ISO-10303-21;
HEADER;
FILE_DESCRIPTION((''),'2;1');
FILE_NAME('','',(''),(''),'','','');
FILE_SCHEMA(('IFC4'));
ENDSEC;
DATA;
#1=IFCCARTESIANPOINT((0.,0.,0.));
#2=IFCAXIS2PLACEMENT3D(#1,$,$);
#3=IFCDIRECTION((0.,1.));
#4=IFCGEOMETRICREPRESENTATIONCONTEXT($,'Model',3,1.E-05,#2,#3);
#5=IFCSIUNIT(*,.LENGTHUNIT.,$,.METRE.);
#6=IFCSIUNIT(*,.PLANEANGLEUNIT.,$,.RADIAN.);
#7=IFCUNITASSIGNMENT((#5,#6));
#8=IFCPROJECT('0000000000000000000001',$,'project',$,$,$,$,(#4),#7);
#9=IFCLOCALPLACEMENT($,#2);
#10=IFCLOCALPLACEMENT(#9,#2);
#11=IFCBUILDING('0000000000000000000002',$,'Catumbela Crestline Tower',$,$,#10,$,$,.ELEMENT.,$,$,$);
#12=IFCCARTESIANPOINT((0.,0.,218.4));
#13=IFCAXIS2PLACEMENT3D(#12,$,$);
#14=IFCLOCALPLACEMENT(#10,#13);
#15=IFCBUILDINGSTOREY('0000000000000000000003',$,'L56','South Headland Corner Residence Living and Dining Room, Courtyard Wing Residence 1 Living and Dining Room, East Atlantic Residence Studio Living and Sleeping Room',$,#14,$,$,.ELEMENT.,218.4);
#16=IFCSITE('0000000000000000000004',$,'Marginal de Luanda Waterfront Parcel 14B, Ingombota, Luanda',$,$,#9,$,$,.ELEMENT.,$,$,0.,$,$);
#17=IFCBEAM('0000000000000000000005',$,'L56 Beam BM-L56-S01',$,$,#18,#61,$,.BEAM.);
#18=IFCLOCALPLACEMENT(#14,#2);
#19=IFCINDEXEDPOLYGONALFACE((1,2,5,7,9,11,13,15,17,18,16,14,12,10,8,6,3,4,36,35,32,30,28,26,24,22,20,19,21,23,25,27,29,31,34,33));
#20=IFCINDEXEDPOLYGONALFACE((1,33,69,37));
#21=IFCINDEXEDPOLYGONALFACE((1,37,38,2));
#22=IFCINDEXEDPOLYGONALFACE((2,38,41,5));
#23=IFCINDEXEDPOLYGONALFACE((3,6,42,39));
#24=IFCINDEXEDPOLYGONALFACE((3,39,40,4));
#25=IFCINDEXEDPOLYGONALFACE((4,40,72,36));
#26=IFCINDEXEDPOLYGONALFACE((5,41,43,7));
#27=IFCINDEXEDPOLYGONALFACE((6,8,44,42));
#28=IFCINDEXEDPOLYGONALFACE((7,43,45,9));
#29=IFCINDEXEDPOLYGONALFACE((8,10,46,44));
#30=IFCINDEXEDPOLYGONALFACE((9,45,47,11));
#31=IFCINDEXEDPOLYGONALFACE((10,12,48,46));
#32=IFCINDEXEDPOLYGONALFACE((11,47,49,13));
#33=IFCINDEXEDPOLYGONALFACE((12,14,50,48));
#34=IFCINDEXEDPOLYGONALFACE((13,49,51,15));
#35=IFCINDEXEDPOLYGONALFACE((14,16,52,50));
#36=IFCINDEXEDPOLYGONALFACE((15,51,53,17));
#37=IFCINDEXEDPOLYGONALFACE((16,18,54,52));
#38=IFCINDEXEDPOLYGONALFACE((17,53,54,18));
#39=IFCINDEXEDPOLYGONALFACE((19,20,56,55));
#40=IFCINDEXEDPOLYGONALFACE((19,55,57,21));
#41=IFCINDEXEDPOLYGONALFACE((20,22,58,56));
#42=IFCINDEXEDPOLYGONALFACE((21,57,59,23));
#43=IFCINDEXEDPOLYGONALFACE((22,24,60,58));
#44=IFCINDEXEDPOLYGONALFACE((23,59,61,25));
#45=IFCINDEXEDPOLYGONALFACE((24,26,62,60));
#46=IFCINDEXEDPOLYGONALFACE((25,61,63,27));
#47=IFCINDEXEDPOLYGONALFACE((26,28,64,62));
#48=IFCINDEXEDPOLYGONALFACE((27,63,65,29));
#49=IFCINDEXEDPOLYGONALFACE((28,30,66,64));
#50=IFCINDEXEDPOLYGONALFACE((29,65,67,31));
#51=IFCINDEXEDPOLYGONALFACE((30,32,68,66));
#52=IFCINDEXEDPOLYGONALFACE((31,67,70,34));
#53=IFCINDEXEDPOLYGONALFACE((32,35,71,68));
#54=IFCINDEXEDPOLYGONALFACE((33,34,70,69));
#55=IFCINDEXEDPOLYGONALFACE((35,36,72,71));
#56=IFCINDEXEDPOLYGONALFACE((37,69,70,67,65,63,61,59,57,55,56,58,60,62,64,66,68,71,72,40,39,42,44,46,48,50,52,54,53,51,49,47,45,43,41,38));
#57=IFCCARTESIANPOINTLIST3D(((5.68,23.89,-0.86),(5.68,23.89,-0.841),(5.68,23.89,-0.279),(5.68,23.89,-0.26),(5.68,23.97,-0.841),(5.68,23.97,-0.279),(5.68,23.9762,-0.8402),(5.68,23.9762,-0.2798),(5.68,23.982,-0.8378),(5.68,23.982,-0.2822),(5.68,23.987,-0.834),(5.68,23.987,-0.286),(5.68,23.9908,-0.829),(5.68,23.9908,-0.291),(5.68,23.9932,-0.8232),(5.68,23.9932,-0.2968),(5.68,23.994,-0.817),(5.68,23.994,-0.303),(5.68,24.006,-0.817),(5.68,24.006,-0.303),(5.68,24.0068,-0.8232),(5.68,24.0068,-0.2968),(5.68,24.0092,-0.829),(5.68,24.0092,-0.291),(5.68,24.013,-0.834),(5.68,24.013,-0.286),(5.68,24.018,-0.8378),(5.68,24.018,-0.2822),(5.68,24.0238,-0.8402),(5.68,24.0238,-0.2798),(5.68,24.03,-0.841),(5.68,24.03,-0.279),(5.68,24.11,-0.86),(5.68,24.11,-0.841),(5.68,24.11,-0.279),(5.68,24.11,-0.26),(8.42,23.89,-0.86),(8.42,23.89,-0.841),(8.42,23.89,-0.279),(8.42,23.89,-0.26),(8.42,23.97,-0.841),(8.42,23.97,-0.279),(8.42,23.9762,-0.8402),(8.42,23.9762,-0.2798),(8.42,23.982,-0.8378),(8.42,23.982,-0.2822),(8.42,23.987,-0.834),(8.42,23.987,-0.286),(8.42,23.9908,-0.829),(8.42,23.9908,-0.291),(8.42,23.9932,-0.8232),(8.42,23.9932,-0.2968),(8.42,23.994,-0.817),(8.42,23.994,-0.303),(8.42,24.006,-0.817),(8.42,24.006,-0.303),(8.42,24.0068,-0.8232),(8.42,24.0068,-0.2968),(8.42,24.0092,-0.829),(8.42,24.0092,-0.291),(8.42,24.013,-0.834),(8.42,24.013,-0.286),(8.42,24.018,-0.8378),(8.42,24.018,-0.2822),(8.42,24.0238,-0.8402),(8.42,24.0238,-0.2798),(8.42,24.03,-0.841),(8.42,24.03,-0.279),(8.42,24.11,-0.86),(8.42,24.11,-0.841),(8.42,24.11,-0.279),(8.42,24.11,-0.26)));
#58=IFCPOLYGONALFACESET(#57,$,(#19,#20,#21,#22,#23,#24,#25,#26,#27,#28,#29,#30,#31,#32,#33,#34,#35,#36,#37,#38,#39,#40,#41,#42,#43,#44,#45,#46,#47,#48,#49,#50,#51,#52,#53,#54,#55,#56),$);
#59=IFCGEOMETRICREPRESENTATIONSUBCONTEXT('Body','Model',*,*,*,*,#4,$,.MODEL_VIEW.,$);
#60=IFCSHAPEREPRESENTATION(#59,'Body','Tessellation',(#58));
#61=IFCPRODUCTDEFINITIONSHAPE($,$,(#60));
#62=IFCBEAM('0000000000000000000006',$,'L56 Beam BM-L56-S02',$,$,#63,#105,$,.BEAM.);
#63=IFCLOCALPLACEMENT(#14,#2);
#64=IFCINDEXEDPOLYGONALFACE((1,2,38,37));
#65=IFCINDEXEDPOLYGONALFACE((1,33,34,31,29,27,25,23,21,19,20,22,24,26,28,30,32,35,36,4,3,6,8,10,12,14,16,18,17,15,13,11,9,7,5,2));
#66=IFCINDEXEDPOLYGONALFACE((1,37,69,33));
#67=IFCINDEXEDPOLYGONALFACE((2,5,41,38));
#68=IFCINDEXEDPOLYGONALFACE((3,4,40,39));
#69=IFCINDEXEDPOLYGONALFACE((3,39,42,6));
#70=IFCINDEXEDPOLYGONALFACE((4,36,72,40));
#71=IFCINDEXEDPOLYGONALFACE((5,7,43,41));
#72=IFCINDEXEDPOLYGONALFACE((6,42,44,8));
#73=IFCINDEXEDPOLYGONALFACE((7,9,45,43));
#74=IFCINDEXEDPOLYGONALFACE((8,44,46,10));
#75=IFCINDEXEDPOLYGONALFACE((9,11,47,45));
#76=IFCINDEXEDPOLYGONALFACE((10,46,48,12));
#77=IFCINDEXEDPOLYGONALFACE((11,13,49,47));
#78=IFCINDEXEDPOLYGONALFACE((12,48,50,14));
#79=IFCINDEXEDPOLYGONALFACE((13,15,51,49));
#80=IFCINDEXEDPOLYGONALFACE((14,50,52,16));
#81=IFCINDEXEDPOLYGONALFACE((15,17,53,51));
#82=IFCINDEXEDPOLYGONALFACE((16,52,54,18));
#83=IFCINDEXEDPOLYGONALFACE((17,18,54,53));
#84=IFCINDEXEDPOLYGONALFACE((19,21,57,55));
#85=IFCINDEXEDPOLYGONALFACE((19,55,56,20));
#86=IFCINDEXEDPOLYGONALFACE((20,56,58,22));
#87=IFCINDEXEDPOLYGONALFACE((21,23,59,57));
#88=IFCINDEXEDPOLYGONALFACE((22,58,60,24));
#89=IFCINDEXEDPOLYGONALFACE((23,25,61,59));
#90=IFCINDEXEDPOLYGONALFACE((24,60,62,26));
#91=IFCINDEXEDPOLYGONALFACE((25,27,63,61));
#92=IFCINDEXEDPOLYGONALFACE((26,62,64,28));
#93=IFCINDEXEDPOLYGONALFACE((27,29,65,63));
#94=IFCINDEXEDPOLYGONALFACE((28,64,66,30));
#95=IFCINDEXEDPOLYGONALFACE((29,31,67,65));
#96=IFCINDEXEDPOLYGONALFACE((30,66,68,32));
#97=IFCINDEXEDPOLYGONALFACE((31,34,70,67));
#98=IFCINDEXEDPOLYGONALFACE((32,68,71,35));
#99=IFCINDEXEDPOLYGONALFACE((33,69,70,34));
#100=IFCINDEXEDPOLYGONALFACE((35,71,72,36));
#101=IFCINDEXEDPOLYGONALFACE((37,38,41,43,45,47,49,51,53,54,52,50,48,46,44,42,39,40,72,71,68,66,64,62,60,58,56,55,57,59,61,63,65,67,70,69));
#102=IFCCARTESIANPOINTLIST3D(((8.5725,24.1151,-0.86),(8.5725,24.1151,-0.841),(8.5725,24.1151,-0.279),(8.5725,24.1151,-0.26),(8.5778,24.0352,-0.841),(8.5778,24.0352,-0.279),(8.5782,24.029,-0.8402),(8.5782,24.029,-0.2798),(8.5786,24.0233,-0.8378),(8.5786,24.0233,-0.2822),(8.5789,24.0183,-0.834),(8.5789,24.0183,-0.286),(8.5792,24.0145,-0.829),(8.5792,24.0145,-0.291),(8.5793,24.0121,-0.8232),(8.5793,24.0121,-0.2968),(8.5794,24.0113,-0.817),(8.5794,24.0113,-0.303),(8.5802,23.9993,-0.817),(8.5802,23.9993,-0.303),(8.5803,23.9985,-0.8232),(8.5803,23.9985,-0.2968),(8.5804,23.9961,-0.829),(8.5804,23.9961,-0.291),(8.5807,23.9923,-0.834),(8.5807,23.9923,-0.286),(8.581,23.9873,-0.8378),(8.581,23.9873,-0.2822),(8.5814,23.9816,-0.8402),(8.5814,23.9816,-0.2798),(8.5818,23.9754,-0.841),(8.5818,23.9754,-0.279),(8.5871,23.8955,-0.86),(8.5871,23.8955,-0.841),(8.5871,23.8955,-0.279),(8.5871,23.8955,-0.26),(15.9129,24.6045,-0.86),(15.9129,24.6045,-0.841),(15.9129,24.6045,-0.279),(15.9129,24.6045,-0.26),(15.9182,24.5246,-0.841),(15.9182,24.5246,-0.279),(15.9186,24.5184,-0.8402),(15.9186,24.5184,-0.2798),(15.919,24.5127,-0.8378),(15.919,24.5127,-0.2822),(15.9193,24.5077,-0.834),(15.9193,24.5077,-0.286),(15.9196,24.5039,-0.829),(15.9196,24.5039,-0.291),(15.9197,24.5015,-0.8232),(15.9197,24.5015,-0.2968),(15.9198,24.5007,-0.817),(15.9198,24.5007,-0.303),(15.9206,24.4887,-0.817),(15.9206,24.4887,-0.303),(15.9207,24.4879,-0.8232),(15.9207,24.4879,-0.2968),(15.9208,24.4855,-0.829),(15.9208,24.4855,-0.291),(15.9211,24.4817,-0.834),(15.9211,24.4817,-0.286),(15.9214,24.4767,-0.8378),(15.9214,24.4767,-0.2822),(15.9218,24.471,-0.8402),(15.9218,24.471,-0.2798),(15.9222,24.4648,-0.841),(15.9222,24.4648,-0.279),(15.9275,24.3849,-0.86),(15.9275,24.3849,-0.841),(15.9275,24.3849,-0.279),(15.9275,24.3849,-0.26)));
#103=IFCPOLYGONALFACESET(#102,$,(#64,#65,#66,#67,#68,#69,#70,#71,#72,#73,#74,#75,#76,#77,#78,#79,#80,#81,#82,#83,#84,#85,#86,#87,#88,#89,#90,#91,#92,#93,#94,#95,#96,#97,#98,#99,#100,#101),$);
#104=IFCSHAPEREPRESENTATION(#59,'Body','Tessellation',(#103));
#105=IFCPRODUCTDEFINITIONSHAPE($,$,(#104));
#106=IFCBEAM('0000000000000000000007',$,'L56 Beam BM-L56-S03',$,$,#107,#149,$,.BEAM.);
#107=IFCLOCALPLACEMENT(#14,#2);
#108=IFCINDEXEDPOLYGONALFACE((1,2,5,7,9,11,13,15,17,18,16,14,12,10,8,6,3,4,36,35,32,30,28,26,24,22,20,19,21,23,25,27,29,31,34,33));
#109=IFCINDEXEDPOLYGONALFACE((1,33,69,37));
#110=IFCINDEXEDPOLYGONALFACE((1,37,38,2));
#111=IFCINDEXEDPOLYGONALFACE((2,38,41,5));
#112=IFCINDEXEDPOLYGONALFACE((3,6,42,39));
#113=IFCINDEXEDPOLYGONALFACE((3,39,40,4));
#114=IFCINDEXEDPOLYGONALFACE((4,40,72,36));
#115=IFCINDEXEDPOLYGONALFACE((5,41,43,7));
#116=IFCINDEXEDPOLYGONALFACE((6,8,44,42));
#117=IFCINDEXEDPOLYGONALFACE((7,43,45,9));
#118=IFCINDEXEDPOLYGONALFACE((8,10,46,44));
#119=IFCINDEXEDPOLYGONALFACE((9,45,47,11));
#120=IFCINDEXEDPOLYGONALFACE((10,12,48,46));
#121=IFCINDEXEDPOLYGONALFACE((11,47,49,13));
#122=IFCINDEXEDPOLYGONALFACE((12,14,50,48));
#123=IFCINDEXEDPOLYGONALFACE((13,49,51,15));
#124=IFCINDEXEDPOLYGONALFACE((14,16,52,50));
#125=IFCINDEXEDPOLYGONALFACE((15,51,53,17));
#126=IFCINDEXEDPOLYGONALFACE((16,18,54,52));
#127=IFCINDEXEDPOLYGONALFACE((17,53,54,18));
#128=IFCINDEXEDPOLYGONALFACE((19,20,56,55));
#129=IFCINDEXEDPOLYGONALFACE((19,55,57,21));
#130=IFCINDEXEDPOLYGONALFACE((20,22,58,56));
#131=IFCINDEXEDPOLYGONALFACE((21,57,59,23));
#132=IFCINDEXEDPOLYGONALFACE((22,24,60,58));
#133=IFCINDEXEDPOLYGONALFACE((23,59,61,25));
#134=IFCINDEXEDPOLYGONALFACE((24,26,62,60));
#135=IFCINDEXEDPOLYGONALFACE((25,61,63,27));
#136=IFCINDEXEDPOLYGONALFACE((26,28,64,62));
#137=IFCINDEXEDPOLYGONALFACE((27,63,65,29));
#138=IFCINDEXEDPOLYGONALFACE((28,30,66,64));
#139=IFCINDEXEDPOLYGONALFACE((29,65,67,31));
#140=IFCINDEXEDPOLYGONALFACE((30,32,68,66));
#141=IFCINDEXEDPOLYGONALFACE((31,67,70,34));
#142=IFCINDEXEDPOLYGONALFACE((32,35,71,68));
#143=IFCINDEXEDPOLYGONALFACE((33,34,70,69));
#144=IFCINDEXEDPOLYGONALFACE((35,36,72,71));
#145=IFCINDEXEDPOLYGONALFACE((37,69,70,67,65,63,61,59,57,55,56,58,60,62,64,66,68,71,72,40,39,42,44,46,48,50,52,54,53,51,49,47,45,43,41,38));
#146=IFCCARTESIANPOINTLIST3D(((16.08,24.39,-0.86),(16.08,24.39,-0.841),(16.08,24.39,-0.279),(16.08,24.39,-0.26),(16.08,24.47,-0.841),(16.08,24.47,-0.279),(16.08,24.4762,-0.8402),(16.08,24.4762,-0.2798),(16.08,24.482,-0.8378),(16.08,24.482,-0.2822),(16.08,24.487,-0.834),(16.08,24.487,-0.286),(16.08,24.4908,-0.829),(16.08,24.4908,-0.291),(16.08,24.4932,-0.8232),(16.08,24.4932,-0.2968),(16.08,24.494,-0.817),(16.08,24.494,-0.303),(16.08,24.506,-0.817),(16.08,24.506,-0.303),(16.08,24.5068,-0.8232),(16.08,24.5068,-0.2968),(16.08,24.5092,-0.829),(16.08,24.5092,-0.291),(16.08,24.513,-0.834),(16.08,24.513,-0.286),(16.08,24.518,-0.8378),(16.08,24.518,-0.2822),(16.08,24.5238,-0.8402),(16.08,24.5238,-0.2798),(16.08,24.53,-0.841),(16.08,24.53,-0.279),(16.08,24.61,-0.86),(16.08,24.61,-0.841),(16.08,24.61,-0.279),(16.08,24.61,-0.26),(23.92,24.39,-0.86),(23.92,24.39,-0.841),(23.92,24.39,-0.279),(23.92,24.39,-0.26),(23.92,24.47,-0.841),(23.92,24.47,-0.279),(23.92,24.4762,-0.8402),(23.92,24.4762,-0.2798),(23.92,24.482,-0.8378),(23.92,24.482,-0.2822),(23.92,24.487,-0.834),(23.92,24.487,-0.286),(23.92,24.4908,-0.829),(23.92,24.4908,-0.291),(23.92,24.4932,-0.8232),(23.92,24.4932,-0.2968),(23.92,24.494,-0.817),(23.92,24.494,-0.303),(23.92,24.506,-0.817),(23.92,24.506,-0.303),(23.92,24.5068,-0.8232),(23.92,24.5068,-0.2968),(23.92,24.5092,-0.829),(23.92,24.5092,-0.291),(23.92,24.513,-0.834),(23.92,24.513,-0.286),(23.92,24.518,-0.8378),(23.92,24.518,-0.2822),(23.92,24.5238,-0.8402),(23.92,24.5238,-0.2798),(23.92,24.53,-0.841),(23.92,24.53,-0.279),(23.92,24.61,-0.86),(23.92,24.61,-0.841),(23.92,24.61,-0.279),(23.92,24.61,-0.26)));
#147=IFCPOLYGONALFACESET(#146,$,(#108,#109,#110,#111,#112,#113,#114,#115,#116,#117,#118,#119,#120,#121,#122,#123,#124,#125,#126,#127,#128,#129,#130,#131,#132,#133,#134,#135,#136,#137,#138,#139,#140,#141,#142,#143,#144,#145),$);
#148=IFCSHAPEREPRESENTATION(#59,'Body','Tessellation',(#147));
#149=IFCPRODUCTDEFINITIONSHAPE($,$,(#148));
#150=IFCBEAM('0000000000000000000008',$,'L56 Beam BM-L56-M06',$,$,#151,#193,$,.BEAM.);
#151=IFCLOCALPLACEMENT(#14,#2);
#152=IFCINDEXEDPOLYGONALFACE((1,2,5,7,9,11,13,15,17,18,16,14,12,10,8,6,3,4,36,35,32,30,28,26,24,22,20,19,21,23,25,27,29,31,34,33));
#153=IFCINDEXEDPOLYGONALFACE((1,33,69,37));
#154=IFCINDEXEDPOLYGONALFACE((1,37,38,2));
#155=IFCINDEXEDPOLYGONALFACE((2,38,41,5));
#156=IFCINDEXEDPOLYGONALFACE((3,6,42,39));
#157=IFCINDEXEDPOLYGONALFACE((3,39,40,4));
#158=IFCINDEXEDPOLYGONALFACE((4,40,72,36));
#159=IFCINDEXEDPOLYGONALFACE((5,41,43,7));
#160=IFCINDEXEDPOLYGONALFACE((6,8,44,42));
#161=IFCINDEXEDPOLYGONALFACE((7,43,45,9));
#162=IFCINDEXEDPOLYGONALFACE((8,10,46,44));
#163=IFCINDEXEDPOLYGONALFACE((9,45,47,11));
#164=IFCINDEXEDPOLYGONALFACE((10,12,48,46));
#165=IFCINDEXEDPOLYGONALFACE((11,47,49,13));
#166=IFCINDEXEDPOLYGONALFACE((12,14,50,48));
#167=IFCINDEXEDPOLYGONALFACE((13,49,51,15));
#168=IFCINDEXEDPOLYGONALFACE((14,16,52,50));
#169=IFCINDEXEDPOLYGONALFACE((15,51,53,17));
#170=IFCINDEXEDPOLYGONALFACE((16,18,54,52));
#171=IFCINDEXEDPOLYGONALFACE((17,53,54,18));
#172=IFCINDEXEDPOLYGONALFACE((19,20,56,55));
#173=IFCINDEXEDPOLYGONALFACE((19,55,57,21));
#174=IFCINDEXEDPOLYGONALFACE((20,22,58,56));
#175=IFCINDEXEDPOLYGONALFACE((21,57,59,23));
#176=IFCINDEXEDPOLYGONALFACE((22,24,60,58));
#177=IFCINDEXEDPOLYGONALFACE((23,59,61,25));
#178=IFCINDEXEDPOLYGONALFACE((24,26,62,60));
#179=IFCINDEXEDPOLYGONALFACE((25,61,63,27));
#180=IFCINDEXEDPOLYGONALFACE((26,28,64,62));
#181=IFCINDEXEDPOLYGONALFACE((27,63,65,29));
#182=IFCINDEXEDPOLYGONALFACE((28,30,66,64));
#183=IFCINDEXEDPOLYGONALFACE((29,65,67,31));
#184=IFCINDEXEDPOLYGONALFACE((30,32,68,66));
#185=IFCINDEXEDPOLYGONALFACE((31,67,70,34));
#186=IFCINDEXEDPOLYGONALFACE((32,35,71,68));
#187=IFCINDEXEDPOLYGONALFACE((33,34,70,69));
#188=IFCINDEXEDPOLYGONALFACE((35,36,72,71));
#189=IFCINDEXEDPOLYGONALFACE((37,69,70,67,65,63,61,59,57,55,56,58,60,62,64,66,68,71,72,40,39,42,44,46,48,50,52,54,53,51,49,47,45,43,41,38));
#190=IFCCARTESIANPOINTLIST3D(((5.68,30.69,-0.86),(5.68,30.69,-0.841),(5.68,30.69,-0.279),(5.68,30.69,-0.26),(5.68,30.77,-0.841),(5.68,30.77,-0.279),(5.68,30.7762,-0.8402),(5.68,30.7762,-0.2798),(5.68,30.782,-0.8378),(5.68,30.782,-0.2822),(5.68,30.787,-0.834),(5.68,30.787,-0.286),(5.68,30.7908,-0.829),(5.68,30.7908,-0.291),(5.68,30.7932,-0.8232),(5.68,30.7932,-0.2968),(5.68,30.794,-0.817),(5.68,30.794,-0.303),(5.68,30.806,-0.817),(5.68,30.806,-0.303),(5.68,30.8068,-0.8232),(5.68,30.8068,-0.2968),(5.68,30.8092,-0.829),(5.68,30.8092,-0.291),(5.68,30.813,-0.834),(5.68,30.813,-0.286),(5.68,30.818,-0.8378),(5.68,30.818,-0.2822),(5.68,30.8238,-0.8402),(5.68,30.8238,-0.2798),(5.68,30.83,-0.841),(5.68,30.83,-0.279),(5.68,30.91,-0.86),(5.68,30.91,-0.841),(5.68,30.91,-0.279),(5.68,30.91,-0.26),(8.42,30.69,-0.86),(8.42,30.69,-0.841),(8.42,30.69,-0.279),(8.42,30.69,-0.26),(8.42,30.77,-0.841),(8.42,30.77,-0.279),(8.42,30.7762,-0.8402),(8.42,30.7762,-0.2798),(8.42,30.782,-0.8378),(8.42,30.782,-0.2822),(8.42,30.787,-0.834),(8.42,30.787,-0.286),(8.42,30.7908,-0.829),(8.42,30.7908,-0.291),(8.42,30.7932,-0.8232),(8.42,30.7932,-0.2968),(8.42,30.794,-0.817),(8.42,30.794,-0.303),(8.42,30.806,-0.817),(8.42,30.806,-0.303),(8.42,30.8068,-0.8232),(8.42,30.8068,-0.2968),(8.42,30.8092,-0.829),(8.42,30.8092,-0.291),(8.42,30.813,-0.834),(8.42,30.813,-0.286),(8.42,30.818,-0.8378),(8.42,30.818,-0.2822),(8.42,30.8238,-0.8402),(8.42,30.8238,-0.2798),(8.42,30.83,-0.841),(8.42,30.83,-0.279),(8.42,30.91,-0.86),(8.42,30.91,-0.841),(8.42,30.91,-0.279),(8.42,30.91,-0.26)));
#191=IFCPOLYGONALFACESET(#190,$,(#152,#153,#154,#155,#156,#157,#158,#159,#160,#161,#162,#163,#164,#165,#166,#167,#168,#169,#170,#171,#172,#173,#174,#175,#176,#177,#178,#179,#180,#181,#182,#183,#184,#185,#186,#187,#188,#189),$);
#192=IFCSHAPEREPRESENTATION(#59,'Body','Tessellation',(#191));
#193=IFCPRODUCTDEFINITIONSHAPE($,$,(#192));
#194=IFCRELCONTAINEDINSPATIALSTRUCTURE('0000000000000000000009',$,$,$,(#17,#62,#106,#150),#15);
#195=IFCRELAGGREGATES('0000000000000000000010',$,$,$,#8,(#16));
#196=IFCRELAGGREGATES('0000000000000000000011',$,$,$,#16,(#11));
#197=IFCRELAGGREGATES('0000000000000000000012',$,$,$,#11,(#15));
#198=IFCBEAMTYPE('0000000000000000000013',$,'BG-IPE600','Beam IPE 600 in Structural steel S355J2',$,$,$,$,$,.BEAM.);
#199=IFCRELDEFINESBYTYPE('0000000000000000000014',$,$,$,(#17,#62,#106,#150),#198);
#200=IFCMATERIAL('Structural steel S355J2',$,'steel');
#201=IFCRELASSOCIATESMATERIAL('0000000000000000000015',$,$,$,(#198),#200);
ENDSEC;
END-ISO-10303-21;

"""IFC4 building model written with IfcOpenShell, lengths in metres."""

from ifc_helpers import new_model, si_unit, direction, frame, origin, origin_2d, place, context, subcontext, project, spatial, i_section, extrude, material, material_profile, profile_set, type_object, element, save


model = new_model("IFC4")

# Units and contexts
model_context = context("Model", 3, precision=1e-05, world=origin(), true_north=direction((0.0, 1.0)))
body_context = subcontext(model_context, "Body", "Model", "MODEL_VIEW")
ifc_project = project(units=[si_unit("LENGTHUNIT", "METRE"), si_unit("PLANEANGLEUNIT", "RADIAN")], contexts=[model_context])

# Site, building, storey
site_placement = place(None, origin())
site = spatial("IfcSite", under=ifc_project, at=site_placement, Name="Marginal de Luanda Waterfront Parcel 14B, Ingombota, Luanda", CompositionType="ELEMENT", RefElevation=0.0)
building_placement = place(site_placement, origin())
building = spatial("IfcBuilding", under=site, at=building_placement, Name="Catumbela Crestline Tower", CompositionType="ELEMENT")
storey_placement = place(building_placement, frame((0.0, 0.0, 218.4)))
storey = spatial("IfcBuildingStorey", under=building, at=storey_placement, Name="L56", Description="South Headland Corner Residence Living and Dining Room, Courtyard Wing Residence 1 Living and Dining Room, East Atlantic Residence Studio Living and Sleeping Room", CompositionType="ELEMENT", Elevation=218.4)

# Shared definitions
ifc_material_1 = material(Name="Structural steel S355J2", Category="steel")

# Beams
ifc_material_profile_1 = material_profile(ifc_material_1, i_section(OverallWidth=0.22, OverallDepth=0.6, WebThickness=0.012, FlangeThickness=0.019, FilletRadius=0.024, at=origin_2d()), Name="IPE 600")
ifc_profile_set_1 = profile_set([ifc_material_profile_1], Name="Structural steel S355J2")
beam_type = type_object("IfcBeamType", Name="BG-IPE600", Description="Beam IPE 600 in Structural steel S355J2", PredefinedType="BEAM", material=ifc_profile_set_1)
beam_1_placement = place(storey_placement, frame((5.68, 24.0, -0.56), z_axis=(1.0, 0.0, 0.0), x_axis=(0.0, 1.0, 0.0)))
element("IfcBeam", 1, at=beam_1_placement, inside=storey, type_object=beam_type, Name="L56 Beam BM-L56-S01", PredefinedType="BEAM", context=body_context, shape_type="SweptSolid", body=[
    extrude(i_section(OverallWidth=0.22, OverallDepth=0.6, WebThickness=0.012, FlangeThickness=0.019, FilletRadius=0.024, at=origin_2d()), origin(), (0.0, 0.0, 1.0), 2.74),
])
beam_2_placement = place(storey_placement, frame((8.5798, 24.0053, -0.56), z_axis=(0.997785, 0.066524, 0.0), x_axis=(-0.066524, 0.997785, 0.0)))
element("IfcBeam", 2, at=beam_2_placement, inside=storey, type_object=beam_type, Name="L56 Beam BM-L56-S02", PredefinedType="BEAM", context=body_context, shape_type="SweptSolid", body=[
    extrude(i_section(OverallWidth=0.22, OverallDepth=0.6, WebThickness=0.012, FlangeThickness=0.019, FilletRadius=0.024, at=origin_2d()), origin(), (0.0, 0.0, 1.0), 7.3567),
])
beam_3_placement = place(storey_placement, frame((16.08, 24.5, -0.56), z_axis=(1.0, 0.0, 0.0), x_axis=(0.0, 1.0, 0.0)))
element("IfcBeam", 3, at=beam_3_placement, inside=storey, type_object=beam_type, Name="L56 Beam BM-L56-S03", PredefinedType="BEAM", context=body_context, shape_type="SweptSolid", body=[
    extrude(i_section(OverallWidth=0.22, OverallDepth=0.6, WebThickness=0.012, FlangeThickness=0.019, FilletRadius=0.024, at=origin_2d()), origin(), (0.0, 0.0, 1.0), 7.84),
])
beam_4_placement = place(storey_placement, frame((5.68, 30.8, -0.56), z_axis=(1.0, 0.0, 0.0), x_axis=(0.0, 1.0, 0.0)))
element("IfcBeam", 4, at=beam_4_placement, inside=storey, type_object=beam_type, Name="L56 Beam BM-L56-M06", PredefinedType="BEAM", context=body_context, shape_type="SweptSolid", body=[
    extrude(i_section(OverallWidth=0.22, OverallDepth=0.6, WebThickness=0.012, FlangeThickness=0.019, FilletRadius=0.024, at=origin_2d()), origin(), (0.0, 0.0, 1.0), 2.74),
])

save(model, "model.ifc")
